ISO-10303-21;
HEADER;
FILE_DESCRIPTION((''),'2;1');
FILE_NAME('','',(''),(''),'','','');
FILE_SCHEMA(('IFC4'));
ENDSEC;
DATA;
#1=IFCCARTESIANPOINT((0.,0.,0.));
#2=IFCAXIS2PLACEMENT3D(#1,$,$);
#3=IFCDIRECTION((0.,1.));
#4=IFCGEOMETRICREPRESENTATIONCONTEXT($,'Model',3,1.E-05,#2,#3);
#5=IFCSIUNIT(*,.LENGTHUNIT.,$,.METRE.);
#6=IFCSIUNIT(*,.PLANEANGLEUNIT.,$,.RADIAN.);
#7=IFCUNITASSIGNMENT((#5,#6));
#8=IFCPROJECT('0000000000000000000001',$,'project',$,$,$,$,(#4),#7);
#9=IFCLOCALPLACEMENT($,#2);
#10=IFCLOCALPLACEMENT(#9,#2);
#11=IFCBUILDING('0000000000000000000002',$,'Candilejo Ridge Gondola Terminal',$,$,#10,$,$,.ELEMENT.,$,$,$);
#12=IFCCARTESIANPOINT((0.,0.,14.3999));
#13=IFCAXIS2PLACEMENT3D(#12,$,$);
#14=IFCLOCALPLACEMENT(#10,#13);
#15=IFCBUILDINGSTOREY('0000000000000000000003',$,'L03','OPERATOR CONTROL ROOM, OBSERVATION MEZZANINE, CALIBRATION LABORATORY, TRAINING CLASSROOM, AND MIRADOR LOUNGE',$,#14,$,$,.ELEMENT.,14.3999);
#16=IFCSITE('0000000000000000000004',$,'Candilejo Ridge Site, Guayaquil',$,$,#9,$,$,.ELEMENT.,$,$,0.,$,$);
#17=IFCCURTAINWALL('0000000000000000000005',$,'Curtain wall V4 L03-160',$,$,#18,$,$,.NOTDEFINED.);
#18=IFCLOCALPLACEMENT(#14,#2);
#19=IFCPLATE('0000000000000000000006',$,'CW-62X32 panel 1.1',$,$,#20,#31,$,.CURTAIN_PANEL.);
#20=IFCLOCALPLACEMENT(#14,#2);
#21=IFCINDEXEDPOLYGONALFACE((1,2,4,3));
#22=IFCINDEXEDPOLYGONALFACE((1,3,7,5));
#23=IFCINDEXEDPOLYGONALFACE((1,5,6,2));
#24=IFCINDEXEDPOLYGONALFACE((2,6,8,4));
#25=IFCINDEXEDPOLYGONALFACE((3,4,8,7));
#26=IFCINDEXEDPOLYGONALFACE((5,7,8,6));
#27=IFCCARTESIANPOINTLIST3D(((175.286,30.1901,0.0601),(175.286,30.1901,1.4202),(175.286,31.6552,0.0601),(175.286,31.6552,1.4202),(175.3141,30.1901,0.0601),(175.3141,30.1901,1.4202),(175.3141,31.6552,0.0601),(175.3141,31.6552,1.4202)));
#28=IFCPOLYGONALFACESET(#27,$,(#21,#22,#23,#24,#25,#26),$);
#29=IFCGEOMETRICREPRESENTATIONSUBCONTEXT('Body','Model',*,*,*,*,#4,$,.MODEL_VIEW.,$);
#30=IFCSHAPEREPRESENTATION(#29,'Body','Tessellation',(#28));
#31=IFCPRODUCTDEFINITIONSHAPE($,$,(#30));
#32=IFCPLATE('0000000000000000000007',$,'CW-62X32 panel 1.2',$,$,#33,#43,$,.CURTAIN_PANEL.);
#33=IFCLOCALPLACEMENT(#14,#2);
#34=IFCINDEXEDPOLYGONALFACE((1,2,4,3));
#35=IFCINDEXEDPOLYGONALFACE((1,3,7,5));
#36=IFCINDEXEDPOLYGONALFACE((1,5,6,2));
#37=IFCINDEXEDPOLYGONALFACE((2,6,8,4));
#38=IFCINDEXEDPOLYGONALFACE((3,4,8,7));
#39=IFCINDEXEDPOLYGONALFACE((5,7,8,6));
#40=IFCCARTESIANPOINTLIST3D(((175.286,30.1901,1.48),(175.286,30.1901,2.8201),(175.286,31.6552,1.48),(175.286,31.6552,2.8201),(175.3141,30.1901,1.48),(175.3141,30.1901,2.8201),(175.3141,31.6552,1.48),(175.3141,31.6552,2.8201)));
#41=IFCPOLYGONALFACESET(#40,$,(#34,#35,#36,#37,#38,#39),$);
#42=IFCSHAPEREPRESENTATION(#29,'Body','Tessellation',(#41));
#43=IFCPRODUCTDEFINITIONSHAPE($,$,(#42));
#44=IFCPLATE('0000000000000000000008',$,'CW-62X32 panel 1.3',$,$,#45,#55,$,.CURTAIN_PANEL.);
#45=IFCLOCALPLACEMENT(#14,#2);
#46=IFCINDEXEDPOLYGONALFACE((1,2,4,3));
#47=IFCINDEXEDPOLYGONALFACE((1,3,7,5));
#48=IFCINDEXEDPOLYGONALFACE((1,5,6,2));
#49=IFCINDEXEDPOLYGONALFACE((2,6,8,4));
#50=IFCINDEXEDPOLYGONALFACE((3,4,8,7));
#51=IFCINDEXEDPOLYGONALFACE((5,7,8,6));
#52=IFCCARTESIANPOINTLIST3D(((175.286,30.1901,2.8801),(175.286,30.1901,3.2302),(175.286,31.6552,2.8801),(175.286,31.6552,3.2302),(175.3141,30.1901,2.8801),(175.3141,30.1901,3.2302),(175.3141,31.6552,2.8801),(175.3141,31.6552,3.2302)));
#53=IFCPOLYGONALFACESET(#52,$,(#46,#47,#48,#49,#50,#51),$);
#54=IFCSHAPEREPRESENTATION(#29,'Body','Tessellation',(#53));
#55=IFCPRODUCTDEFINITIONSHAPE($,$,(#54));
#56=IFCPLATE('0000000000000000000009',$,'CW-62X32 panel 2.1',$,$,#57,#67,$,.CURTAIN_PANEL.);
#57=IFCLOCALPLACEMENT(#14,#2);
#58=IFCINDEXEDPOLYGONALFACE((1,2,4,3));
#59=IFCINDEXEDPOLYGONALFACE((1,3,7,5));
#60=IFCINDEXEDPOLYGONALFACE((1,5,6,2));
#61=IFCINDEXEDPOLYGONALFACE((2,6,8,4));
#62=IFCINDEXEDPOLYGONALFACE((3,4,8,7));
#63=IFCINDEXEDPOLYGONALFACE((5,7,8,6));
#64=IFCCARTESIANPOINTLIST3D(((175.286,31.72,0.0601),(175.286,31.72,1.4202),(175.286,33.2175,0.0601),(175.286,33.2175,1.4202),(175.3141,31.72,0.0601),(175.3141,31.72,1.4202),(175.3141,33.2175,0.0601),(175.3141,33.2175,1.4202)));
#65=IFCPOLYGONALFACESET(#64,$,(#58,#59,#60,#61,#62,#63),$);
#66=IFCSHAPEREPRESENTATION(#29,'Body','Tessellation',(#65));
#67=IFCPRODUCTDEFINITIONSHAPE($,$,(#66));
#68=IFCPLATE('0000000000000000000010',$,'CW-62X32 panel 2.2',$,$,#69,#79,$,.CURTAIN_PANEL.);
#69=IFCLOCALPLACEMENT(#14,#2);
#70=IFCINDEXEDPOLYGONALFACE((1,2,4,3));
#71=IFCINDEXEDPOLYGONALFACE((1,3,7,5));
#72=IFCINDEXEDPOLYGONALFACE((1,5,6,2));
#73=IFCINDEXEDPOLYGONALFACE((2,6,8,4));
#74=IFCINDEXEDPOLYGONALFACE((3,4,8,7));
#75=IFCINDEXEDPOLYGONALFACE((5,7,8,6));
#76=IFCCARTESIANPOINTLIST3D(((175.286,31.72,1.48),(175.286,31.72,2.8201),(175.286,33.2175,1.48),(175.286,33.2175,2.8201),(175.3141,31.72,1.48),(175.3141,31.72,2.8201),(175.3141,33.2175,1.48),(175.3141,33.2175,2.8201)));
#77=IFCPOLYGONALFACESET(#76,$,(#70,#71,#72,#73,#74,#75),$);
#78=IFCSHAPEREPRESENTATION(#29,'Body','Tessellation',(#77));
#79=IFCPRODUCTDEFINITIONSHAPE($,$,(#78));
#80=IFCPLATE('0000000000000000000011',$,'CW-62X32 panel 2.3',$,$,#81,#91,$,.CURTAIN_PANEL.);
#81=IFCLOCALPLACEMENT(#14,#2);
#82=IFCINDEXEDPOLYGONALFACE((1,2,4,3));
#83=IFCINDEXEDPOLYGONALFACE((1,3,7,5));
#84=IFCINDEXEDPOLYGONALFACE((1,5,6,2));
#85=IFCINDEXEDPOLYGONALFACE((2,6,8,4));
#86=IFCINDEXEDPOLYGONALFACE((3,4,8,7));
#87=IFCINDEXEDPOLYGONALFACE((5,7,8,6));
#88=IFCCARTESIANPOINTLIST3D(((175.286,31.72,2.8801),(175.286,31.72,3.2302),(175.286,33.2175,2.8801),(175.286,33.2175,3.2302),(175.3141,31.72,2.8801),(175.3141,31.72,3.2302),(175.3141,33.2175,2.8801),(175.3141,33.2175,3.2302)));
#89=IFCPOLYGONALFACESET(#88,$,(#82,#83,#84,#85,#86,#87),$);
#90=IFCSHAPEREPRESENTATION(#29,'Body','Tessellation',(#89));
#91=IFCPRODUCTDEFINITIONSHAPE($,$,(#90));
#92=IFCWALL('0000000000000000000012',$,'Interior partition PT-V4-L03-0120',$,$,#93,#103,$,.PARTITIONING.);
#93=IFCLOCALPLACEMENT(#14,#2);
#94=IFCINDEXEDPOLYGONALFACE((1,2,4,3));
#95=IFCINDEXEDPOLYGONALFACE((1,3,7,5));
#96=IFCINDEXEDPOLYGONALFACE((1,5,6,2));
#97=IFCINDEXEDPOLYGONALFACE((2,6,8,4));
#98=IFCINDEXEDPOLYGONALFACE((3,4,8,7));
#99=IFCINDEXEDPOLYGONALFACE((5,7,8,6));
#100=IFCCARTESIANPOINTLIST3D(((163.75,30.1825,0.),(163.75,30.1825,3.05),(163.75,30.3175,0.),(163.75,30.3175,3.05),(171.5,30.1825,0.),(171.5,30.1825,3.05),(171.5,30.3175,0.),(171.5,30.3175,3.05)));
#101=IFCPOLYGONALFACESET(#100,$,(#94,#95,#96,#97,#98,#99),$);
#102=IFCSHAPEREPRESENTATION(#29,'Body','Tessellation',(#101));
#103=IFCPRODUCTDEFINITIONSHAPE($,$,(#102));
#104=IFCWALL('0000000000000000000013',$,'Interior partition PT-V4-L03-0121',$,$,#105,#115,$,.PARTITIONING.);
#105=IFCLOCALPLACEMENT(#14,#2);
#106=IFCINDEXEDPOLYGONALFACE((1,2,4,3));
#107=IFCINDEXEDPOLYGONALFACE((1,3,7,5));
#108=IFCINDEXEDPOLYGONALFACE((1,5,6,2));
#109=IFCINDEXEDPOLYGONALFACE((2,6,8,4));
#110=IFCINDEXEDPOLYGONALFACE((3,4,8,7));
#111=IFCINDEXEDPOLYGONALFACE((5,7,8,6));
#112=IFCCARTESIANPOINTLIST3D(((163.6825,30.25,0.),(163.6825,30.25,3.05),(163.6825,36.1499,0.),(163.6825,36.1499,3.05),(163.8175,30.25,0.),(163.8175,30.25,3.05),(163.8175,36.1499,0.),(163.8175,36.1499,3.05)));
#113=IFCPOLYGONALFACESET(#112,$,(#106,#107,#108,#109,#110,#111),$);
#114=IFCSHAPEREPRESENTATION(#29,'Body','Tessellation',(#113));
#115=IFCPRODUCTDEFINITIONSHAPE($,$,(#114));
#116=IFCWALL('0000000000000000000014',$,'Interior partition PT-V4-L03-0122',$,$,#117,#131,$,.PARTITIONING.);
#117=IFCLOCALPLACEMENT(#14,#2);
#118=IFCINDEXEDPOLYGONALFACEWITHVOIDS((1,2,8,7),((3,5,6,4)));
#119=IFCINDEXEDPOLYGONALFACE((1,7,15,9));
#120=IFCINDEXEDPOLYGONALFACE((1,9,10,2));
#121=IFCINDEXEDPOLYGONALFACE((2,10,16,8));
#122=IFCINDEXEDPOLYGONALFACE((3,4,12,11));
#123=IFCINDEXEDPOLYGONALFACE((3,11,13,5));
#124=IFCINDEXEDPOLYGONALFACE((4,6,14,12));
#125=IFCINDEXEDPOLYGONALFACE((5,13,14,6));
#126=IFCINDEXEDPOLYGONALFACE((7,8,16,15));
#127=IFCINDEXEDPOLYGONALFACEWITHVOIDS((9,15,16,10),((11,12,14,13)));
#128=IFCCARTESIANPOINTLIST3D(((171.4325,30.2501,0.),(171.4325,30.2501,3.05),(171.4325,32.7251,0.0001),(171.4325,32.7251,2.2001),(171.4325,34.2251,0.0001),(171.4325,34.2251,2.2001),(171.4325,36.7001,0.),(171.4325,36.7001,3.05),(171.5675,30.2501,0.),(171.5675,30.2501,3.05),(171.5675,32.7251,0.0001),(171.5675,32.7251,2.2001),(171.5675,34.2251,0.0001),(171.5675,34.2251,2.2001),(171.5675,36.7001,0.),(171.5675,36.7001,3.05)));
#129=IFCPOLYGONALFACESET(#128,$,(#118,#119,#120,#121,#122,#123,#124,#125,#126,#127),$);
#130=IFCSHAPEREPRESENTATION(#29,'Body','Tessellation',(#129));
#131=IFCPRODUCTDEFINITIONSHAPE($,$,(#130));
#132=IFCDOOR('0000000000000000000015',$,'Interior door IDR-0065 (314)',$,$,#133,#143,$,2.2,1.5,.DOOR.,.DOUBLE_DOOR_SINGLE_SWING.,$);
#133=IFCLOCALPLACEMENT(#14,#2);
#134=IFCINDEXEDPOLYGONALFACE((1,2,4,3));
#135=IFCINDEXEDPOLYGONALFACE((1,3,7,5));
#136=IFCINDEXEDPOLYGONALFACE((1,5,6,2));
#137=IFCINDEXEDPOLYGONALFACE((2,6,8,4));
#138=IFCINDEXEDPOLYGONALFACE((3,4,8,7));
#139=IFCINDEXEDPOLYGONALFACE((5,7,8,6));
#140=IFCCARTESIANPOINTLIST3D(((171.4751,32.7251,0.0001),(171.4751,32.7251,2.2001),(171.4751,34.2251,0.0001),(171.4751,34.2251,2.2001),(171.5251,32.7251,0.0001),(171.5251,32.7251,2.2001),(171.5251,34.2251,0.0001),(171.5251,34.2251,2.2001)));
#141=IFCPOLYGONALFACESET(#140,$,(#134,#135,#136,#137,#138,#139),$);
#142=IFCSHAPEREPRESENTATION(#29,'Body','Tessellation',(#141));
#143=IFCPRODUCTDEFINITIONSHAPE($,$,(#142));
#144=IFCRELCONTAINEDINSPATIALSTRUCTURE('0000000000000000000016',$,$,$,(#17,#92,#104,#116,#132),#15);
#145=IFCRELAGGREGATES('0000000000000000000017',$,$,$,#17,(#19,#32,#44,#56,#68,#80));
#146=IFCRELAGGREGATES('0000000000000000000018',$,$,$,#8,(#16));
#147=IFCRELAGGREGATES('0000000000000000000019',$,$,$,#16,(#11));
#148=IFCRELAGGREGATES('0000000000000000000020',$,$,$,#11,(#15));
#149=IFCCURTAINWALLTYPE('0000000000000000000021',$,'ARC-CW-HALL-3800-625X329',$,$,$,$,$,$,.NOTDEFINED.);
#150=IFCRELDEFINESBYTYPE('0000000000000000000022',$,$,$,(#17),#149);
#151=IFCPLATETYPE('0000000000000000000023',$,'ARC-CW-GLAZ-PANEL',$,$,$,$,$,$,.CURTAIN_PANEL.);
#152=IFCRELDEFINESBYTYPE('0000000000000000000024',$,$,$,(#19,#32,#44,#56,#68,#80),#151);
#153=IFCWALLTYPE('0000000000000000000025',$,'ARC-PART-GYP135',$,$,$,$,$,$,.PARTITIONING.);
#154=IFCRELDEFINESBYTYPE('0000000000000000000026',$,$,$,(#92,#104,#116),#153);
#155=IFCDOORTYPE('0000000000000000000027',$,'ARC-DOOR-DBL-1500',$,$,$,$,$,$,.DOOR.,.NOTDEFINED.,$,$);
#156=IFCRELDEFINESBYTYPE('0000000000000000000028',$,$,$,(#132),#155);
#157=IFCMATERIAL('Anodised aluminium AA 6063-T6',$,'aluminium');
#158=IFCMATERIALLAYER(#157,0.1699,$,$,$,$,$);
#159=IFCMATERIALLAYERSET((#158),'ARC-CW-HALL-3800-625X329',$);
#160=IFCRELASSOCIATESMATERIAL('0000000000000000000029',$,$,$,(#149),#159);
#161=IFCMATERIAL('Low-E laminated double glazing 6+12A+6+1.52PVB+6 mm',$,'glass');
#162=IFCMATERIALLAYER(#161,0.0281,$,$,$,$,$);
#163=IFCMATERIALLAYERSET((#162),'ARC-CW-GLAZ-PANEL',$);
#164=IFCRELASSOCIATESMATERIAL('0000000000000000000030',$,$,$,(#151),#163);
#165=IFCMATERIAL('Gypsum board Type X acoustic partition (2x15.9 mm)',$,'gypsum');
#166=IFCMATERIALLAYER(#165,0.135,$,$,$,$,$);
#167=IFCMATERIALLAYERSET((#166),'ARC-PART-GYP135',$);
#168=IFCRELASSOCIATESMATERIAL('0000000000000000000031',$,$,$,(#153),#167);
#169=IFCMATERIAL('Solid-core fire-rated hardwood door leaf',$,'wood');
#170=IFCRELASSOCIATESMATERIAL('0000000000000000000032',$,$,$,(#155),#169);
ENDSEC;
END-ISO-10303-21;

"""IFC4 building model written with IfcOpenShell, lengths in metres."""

from ifc_helpers import new_model, si_unit, direction, frame, frame_2d, origin, origin_2d, place, context, subcontext, project, spatial, rectangle, extrude, material, layer, layer_set, type_object, element, fill, aggregate, save


model = new_model("IFC4")

# Units and contexts
model_context = context("Model", 3, precision=1e-05, world=origin(), true_north=direction((0.0, 1.0)))
body_context = subcontext(model_context, "Body", "Model", "MODEL_VIEW")
ifc_project = project(units=[si_unit("LENGTHUNIT", "METRE"), si_unit("PLANEANGLEUNIT", "RADIAN")], contexts=[model_context])

# Site, building, storey
site_placement = place(None, origin())
site = spatial("IfcSite", under=ifc_project, at=site_placement, Name="Candilejo Ridge Site, Guayaquil", CompositionType="ELEMENT", RefElevation=0.0)
building_placement = place(site_placement, origin())
building = spatial("IfcBuilding", under=site, at=building_placement, Name="Candilejo Ridge Gondola Terminal", CompositionType="ELEMENT")
storey_placement = place(building_placement, frame((0.0, 0.0, 14.3999)))
storey = spatial("IfcBuildingStorey", under=building, at=storey_placement, Name="L03", Description="OPERATOR CONTROL ROOM, OBSERVATION MEZZANINE, CALIBRATION LABORATORY, TRAINING CLASSROOM, AND MIRADOR LOUNGE", CompositionType="ELEMENT", Elevation=14.3999)

# Curtain wall
ifc_material_1 = material(Name="Anodised aluminium AA 6063-T6", Category="aluminium")
ifc_layer_1 = layer(ifc_material_1, 0.1699)
ifc_layer_set_1 = layer_set([ifc_layer_1], Name="ARC-CW-HALL-3800-625X329")
curtain_wall_type = type_object("IfcCurtainWallType", Name="ARC-CW-HALL-3800-625X329", PredefinedType="NOTDEFINED", material=ifc_layer_set_1)
curtain_wall_placement = place(storey_placement, origin())
curtain_wall = element("IfcCurtainWall", 1, at=curtain_wall_placement, inside=storey, type_object=curtain_wall_type, Name="Curtain wall V4 L03-160", PredefinedType="NOTDEFINED")

# Plates
ifc_material_2 = material(Name="Low-E laminated double glazing 6+12A+6+1.52PVB+6 mm", Category="glass")
ifc_layer_2 = layer(ifc_material_2, 0.0281)
ifc_layer_set_2 = layer_set([ifc_layer_2], Name="ARC-CW-GLAZ-PANEL")
plate_type = type_object("IfcPlateType", Name="ARC-CW-GLAZ-PANEL", PredefinedType="CURTAIN_PANEL", material=ifc_layer_set_2)
plate_1_placement = place(storey_placement, frame((175.3, 30.9226, 0.0601), z_axis=(0.0, 0.0, 1.0), x_axis=(0.0, 1.0, 0.0)))
plate_1 = element("IfcPlate", 2, at=plate_1_placement, type_object=plate_type, Name="CW-62X32 panel 1.1", PredefinedType="CURTAIN_PANEL", context=body_context, shape_type="SweptSolid", body=[
    extrude(rectangle(XDim=1.4651, YDim=0.0281, at=origin_2d()), origin(), (0.0, 0.0, 1.0), 1.3601),
])
plate_2_placement = place(storey_placement, frame((175.3, 30.9226, 1.48), z_axis=(0.0, 0.0, 1.0), x_axis=(0.0, 1.0, 0.0)))
plate_2 = element("IfcPlate", 3, at=plate_2_placement, type_object=plate_type, Name="CW-62X32 panel 1.2", PredefinedType="CURTAIN_PANEL", context=body_context, shape_type="SweptSolid", body=[
    extrude(rectangle(XDim=1.4651, YDim=0.0281, at=origin_2d()), origin(), (0.0, 0.0, 1.0), 1.3401),
])
plate_3_placement = place(storey_placement, frame((175.3, 30.9226, 2.8801), z_axis=(0.0, 0.0, 1.0), x_axis=(0.0, 1.0, 0.0)))
plate_3 = element("IfcPlate", 4, at=plate_3_placement, type_object=plate_type, Name="CW-62X32 panel 1.3", PredefinedType="CURTAIN_PANEL", context=body_context, shape_type="SweptSolid", body=[
    extrude(rectangle(XDim=1.4651, YDim=0.0281, at=origin_2d()), origin(), (0.0, 0.0, 1.0), 0.3501),
])
plate_4_placement = place(storey_placement, frame((175.3, 32.4688, 0.0601), z_axis=(0.0, 0.0, 1.0), x_axis=(0.0, 1.0, 0.0)))
plate_4 = element("IfcPlate", 5, at=plate_4_placement, type_object=plate_type, Name="CW-62X32 panel 2.1", PredefinedType="CURTAIN_PANEL", context=body_context, shape_type="SweptSolid", body=[
    extrude(rectangle(XDim=1.4976, YDim=0.0281, at=origin_2d()), origin(), (0.0, 0.0, 1.0), 1.3601),
])
plate_5_placement = place(storey_placement, frame((175.3, 32.4688, 1.48), z_axis=(0.0, 0.0, 1.0), x_axis=(0.0, 1.0, 0.0)))
plate_5 = element("IfcPlate", 6, at=plate_5_placement, type_object=plate_type, Name="CW-62X32 panel 2.2", PredefinedType="CURTAIN_PANEL", context=body_context, shape_type="SweptSolid", body=[
    extrude(rectangle(XDim=1.4976, YDim=0.0281, at=origin_2d()), origin(), (0.0, 0.0, 1.0), 1.3401),
])
plate_6_placement = place(storey_placement, frame((175.3, 32.4688, 2.8801), z_axis=(0.0, 0.0, 1.0), x_axis=(0.0, 1.0, 0.0)))
plate_6 = element("IfcPlate", 7, at=plate_6_placement, type_object=plate_type, Name="CW-62X32 panel 2.3", PredefinedType="CURTAIN_PANEL", context=body_context, shape_type="SweptSolid", body=[
    extrude(rectangle(XDim=1.4976, YDim=0.0281, at=origin_2d()), origin(), (0.0, 0.0, 1.0), 0.3501),
])
aggregate(curtain_wall, [plate_1, plate_2, plate_3, plate_4, plate_5, plate_6])

# Walls
ifc_material_3 = material(Name="Gypsum board Type X acoustic partition (2x15.9 mm)", Category="gypsum")
ifc_layer_3 = layer(ifc_material_3, 0.135)
ifc_layer_set_3 = layer_set([ifc_layer_3], Name="ARC-PART-GYP135")
wall_type = type_object("IfcWallType", Name="ARC-PART-GYP135", PredefinedType="PARTITIONING", material=ifc_layer_set_3)
wall_1_placement = place(storey_placement, frame((163.75, 30.25, 0.0), z_axis=(0.0, 0.0, 1.0), x_axis=(1.0, 0.0, 0.0)))
element("IfcWall", 8, at=wall_1_placement, inside=storey, type_object=wall_type, Name="Interior partition PT-V4-L03-0120", PredefinedType="PARTITIONING", context=body_context, shape_type="SweptSolid", body=[
    extrude(rectangle(XDim=7.75, YDim=0.135, at=frame_2d((3.875, 0.0))), origin(), (0.0, 0.0, 1.0), 3.05),
])
wall_2_placement = place(storey_placement, frame((163.75, 30.25, 0.0), z_axis=(0.0, 0.0, 1.0), x_axis=(0.0, 1.0, 0.0)))
element("IfcWall", 9, at=wall_2_placement, inside=storey, type_object=wall_type, Name="Interior partition PT-V4-L03-0121", PredefinedType="PARTITIONING", context=body_context, shape_type="SweptSolid", body=[
    extrude(rectangle(XDim=5.8999, YDim=0.135, at=frame_2d((2.95, 0.0))), origin(), (0.0, 0.0, 1.0), 3.05),
])

# Wall, opening, door
wall_3_placement = place(storey_placement, frame((171.5, 30.25, 0.0), z_axis=(0.0, 0.0, 1.0), x_axis=(0.0, 1.0, 0.0)))
wall_3 = element("IfcWall", 10, at=wall_3_placement, inside=storey, type_object=wall_type, Name="Interior partition PT-V4-L03-0122", PredefinedType="PARTITIONING", context=body_context, shape_type="SweptSolid", body=[
    extrude(rectangle(XDim=6.45, YDim=0.135, at=frame_2d((3.2251, 0.0))), origin(), (0.0, 0.0, 1.0), 3.05),
])
opening_placement = place(wall_3_placement, frame((2.4751, 0.0, 0.0)))
opening = element("IfcOpeningElement", 11, at=opening_placement, cuts=wall_3, PredefinedType="OPENING", context=body_context, shape_type="SweptSolid", body=[
    extrude(rectangle(XDim=1.5, YDim=2.2, at=frame_2d((0.75, 1.1001))), frame((0.0, 0.0774, 0.0), z_axis=(0.0, -1.0, 0.0), x_axis=(1.0, 0.0, 0.0)), (0.0, 0.0, 1.0), 0.155),
])
ifc_material_4 = material(Name="Solid-core fire-rated hardwood door leaf", Category="wood")
door_type = type_object("IfcDoorType", Name="ARC-DOOR-DBL-1500", OperationType="NOTDEFINED", PredefinedType="DOOR", material=ifc_material_4)
door_placement = place(opening_placement, origin())
door = element("IfcDoor", 12, at=door_placement, inside=storey, type_object=door_type, Name="Interior door IDR-0065 (314)", OperationType="DOUBLE_DOOR_SINGLE_SWING", OverallHeight=2.2, OverallWidth=1.5, PredefinedType="DOOR", context=body_context, shape_type="SweptSolid", body=[
    extrude(rectangle(XDim=1.5, YDim=2.2, at=frame_2d((0.75, 1.1001))), frame((0.0, 0.0249, 0.0), z_axis=(0.0, -1.0, 0.0), x_axis=(1.0, 0.0, 0.0)), (0.0, 0.0, 1.0), 0.05),
])
fill(opening, door)

save(model, "model.ifc")
